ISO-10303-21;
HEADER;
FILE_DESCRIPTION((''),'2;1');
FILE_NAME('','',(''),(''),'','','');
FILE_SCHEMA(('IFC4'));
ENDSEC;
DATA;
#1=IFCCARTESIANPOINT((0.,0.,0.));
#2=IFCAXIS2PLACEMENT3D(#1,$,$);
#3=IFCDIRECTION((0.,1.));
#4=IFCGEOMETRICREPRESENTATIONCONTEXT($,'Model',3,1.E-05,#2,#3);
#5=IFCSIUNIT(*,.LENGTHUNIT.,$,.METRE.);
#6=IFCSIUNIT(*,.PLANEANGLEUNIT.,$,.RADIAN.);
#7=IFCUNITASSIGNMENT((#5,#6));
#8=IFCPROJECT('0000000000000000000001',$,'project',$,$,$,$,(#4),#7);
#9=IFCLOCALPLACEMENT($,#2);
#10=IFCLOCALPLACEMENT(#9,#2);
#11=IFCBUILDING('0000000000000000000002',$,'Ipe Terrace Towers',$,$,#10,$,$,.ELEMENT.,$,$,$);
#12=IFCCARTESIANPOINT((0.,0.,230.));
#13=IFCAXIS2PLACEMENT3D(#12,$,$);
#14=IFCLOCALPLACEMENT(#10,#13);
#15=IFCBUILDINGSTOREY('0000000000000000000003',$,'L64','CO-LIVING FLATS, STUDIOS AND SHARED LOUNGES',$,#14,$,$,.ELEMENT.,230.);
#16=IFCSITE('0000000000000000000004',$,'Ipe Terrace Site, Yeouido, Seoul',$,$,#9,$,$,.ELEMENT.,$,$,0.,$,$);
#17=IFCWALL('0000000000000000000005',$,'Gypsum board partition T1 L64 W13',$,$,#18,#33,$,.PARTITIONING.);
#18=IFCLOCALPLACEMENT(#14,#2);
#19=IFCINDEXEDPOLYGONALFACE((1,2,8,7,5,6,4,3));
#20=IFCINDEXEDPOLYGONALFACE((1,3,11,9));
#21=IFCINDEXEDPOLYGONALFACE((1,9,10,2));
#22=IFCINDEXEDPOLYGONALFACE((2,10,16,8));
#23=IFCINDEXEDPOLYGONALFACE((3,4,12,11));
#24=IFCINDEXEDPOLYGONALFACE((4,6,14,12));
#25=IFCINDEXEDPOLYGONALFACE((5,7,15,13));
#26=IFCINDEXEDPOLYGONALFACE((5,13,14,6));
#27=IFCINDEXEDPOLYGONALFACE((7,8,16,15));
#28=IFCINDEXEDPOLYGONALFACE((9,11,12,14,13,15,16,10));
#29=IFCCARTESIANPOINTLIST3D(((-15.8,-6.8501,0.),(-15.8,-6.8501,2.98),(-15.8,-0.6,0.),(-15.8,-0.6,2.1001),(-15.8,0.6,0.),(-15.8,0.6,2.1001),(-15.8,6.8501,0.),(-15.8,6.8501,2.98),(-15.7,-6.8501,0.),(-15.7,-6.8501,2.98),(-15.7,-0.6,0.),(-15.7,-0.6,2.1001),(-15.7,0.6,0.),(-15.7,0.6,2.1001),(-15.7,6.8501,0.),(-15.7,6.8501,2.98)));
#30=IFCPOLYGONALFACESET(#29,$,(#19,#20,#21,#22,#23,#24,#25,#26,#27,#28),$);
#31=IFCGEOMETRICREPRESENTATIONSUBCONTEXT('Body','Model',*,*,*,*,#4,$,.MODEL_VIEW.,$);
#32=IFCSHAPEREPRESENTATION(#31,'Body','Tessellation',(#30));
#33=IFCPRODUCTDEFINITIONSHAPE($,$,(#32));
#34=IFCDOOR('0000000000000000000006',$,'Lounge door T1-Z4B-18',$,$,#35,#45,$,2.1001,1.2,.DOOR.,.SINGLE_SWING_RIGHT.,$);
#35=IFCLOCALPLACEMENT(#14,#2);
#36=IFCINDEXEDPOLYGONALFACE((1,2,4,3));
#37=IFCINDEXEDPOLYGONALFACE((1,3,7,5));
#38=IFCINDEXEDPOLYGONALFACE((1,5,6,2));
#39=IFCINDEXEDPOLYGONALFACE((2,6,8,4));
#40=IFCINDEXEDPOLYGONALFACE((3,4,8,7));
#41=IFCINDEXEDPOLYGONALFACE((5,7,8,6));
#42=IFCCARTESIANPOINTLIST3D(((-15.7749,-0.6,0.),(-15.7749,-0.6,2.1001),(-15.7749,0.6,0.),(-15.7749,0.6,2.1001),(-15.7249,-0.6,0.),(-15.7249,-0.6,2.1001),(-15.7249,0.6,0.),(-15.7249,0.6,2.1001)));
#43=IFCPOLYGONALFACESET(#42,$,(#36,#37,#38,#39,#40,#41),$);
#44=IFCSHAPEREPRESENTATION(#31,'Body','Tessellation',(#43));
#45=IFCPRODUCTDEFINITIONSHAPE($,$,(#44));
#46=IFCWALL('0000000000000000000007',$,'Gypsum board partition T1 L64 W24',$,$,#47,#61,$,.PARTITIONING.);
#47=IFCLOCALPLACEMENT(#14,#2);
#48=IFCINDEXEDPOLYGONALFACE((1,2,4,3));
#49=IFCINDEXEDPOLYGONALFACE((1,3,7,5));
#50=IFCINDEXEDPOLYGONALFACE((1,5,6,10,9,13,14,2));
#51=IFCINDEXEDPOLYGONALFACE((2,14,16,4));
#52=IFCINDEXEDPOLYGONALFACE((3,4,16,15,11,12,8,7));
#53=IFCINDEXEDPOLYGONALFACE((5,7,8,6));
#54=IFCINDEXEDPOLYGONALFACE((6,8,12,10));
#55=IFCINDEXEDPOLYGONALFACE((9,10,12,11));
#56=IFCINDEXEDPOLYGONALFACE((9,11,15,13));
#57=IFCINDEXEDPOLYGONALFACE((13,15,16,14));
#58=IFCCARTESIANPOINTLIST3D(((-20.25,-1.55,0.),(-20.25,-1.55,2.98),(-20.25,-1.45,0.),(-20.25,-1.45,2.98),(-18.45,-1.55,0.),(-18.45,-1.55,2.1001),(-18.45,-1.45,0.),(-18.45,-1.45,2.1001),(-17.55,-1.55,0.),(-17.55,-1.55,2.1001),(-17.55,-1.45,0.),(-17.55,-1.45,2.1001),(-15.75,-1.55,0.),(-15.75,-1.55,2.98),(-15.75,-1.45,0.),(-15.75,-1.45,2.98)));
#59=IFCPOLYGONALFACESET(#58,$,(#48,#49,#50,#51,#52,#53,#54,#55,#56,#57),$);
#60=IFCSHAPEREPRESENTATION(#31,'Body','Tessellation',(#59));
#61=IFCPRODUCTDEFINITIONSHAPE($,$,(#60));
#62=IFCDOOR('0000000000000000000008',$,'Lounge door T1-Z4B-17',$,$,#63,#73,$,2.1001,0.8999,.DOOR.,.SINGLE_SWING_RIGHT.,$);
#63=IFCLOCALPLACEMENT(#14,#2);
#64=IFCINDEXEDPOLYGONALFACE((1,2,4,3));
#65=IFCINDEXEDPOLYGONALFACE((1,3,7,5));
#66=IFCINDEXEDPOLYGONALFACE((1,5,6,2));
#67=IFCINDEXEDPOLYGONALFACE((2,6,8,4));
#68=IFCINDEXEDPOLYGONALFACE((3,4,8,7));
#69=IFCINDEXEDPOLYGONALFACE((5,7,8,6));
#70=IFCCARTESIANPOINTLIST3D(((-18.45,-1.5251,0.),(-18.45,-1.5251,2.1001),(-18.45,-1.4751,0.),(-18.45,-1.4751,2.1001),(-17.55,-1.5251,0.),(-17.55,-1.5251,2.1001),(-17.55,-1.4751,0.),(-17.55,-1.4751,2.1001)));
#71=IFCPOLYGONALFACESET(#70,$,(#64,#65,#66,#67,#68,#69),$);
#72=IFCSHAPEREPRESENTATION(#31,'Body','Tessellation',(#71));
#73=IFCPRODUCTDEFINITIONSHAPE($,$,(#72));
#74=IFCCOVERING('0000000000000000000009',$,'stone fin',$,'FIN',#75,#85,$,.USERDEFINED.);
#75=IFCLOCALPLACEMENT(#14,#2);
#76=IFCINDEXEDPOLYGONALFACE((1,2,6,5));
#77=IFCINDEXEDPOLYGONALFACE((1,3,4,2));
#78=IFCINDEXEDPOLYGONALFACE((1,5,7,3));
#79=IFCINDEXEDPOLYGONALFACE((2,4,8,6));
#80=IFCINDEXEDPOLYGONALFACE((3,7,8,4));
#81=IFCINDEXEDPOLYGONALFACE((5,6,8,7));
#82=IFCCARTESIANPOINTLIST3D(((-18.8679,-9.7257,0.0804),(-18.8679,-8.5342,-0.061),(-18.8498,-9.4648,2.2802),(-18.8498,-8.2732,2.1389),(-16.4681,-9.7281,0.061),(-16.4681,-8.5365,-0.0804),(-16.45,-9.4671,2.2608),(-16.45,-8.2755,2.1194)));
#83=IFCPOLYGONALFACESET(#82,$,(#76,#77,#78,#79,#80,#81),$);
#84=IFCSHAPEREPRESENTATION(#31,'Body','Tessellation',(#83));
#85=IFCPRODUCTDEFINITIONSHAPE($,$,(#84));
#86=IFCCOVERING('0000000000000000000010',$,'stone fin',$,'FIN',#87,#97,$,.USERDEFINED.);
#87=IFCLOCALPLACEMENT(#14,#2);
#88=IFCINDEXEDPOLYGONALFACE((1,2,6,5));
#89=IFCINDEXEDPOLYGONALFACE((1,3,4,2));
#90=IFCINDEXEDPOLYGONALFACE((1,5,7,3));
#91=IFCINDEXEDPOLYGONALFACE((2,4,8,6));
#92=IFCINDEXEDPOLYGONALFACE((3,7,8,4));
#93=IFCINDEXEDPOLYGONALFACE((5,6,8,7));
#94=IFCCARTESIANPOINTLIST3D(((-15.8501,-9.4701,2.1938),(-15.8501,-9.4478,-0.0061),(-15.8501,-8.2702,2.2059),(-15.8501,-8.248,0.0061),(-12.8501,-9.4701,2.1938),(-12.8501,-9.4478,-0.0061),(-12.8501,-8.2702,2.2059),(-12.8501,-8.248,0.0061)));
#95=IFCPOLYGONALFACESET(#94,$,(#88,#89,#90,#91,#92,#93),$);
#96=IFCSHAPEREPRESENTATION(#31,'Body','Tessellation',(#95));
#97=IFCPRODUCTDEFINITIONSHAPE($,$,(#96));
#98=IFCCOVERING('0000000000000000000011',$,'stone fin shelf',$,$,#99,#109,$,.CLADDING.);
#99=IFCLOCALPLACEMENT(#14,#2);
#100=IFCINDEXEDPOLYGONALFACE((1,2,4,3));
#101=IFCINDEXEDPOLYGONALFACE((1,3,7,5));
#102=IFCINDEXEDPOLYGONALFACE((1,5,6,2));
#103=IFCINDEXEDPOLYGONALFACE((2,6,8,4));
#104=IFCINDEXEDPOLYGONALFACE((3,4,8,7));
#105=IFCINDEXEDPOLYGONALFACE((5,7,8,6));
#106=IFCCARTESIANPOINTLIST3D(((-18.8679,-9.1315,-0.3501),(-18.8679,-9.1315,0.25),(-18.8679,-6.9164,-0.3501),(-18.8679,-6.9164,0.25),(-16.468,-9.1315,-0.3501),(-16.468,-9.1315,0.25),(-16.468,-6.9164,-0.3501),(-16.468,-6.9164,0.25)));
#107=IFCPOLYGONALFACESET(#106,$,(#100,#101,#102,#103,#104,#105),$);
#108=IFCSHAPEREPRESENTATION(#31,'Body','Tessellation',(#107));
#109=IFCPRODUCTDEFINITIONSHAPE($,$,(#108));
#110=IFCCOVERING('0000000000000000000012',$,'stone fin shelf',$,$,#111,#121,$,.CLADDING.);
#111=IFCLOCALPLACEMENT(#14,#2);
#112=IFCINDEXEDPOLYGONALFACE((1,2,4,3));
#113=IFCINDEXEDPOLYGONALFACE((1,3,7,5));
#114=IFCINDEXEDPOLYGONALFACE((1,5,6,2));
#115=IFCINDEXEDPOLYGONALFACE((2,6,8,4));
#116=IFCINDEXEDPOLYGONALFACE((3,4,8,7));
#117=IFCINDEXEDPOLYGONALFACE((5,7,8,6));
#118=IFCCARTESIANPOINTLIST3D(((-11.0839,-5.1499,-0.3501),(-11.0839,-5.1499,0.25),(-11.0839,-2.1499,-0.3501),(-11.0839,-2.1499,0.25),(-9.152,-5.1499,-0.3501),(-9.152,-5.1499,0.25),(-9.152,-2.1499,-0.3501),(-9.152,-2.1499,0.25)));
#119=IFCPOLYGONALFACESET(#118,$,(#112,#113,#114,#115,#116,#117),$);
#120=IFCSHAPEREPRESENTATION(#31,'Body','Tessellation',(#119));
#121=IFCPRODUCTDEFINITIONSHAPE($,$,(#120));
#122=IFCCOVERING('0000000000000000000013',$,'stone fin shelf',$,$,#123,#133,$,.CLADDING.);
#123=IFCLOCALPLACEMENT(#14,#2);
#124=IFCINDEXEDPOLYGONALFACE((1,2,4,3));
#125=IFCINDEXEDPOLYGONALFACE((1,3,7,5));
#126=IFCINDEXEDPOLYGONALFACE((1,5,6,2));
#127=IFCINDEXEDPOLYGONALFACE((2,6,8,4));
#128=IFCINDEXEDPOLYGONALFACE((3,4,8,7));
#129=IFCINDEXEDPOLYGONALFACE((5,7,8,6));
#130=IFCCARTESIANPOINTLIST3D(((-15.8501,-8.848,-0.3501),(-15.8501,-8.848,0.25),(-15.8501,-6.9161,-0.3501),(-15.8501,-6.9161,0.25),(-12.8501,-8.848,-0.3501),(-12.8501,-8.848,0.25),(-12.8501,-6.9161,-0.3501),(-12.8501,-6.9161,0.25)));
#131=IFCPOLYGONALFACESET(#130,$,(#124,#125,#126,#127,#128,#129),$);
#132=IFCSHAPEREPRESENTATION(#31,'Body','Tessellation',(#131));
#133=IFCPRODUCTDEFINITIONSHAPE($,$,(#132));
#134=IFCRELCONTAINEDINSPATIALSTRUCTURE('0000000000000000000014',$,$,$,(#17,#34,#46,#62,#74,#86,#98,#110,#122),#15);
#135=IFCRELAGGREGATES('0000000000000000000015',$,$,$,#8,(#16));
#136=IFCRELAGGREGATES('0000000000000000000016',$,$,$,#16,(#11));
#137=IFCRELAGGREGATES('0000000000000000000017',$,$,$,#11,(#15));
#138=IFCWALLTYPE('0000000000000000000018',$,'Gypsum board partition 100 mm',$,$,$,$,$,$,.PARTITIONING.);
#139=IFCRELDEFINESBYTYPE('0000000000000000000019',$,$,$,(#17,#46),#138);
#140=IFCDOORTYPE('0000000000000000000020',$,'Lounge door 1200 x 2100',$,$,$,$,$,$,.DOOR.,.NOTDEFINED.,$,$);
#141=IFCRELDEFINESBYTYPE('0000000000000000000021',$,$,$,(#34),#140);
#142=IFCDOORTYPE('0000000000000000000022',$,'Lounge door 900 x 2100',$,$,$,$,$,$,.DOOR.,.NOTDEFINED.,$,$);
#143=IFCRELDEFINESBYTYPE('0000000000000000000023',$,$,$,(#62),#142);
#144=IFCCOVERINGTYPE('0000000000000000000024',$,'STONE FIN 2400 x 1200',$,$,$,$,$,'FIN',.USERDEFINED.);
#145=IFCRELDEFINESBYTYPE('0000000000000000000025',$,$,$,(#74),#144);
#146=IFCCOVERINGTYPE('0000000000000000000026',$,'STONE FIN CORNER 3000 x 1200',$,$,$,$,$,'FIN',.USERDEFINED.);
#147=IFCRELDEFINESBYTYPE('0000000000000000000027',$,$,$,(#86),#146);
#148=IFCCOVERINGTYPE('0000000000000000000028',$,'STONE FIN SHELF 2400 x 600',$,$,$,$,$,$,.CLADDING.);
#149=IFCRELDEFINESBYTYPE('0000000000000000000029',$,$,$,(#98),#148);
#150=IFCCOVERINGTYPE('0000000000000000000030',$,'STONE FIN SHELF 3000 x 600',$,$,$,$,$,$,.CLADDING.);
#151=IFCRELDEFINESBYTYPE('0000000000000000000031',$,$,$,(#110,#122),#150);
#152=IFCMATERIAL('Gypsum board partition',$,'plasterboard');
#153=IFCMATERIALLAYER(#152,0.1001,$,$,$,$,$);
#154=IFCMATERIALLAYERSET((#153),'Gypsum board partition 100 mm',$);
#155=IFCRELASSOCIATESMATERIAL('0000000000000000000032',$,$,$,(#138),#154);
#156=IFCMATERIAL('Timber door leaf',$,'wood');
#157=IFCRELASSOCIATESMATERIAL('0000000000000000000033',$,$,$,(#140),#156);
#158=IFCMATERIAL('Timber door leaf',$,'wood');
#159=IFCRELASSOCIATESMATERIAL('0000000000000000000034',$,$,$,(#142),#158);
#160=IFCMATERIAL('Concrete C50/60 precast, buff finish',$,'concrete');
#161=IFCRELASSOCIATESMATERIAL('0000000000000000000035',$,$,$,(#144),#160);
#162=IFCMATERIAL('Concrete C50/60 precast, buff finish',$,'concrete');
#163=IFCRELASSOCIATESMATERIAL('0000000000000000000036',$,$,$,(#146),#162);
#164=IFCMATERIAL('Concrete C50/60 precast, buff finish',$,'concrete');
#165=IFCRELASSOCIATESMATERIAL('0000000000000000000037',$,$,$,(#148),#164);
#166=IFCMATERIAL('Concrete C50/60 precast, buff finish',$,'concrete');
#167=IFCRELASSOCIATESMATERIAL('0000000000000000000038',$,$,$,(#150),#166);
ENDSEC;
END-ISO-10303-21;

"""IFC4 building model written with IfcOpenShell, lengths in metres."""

from ifc_helpers import new_model, si_unit, direction, frame, frame_2d, origin, origin_2d, place, context, subcontext, project, spatial, rectangle, extrude, material, layer, layer_set, material_profile, profile_set, type_object, element, fill, save


model = new_model("IFC4")

# Units and contexts
model_context = context("Model", 3, precision=1e-05, world=origin(), true_north=direction((0.0, 1.0)))
body_context = subcontext(model_context, "Body", "Model", "MODEL_VIEW")
ifc_project = project(units=[si_unit("LENGTHUNIT", "METRE"), si_unit("PLANEANGLEUNIT", "RADIAN")], contexts=[model_context])

# Site, building, storey
site_placement = place(None, origin())
site = spatial("IfcSite", under=ifc_project, at=site_placement, Name="Ipe Terrace Site, Yeouido, Seoul", CompositionType="ELEMENT", RefElevation=0.0)
building_placement = place(site_placement, origin())
building = spatial("IfcBuilding", under=site, at=building_placement, Name="Ipe Terrace Towers", CompositionType="ELEMENT")
storey_placement = place(building_placement, frame((0.0, 0.0, 230.0)))
storey = spatial("IfcBuildingStorey", under=building, at=storey_placement, Name="L64", Description="CO-LIVING FLATS, STUDIOS AND SHARED LOUNGES", CompositionType="ELEMENT", Elevation=230.0)

# Walls, openings, doors
ifc_material_1 = material(Name="Gypsum board partition", Category="plasterboard")
ifc_layer_1 = layer(ifc_material_1, 0.1001)
ifc_layer_set_1 = layer_set([ifc_layer_1], Name="Gypsum board partition 100 mm")
wall_type_1 = type_object("IfcWallType", Name="Gypsum board partition 100 mm", PredefinedType="PARTITIONING", material=ifc_layer_set_1)
wall_1_placement = place(storey_placement, frame((-15.75, -6.8501, 0.0), z_axis=(0.0, 0.0, 1.0), x_axis=(0.0, 1.0, 0.0)))
wall_1 = element("IfcWall", 1, at=wall_1_placement, inside=storey, type_object=wall_type_1, Name="Gypsum board partition T1 L64 W13", PredefinedType="PARTITIONING", context=body_context, shape_type="SweptSolid", body=[
    extrude(rectangle(XDim=13.7002, YDim=0.1001, at=frame_2d((6.8501, 0.0))), origin(), (0.0, 0.0, 1.0), 2.98),
])
opening_1_placement = place(wall_1_placement, frame((6.25, 0.0, 0.0)))
opening_1 = element("IfcOpeningElement", 2, at=opening_1_placement, cuts=wall_1, PredefinedType="OPENING", context=body_context, shape_type="SweptSolid", body=[
    extrude(rectangle(XDim=1.2, YDim=2.1001, at=frame_2d((0.6001, 1.05))), frame((0.0, 0.0601, 0.0), z_axis=(0.0, -1.0, 0.0), x_axis=(1.0, 0.0, 0.0)), (0.0, 0.0, 1.0), 0.1201),
])
ifc_material_2 = material(Name="Timber door leaf", Category="wood")
door_type_1 = type_object("IfcDoorType", Name="Lounge door 1200 x 2100", OperationType="NOTDEFINED", PredefinedType="DOOR", material=ifc_material_2)
door_1_placement = place(opening_1_placement, origin())
door_1 = element("IfcDoor", 3, at=door_1_placement, inside=storey, type_object=door_type_1, Name="Lounge door T1-Z4B-18", OperationType="SINGLE_SWING_RIGHT", OverallHeight=2.1001, OverallWidth=1.2, PredefinedType="DOOR", context=body_context, shape_type="SweptSolid", body=[
    extrude(rectangle(XDim=1.2, YDim=2.1001, at=frame_2d((0.6001, 1.05))), frame((0.0, 0.0249, 0.0), z_axis=(0.0, -1.0, 0.0), x_axis=(1.0, 0.0, 0.0)), (0.0, 0.0, 1.0), 0.05),
])
fill(opening_1, door_1)
wall_2_placement = place(storey_placement, frame((-20.25, -1.5, 0.0), z_axis=(0.0, 0.0, 1.0), x_axis=(1.0, 0.0, 0.0)))
wall_2 = element("IfcWall", 4, at=wall_2_placement, inside=storey, type_object=wall_type_1, Name="Gypsum board partition T1 L64 W24", PredefinedType="PARTITIONING", context=body_context, shape_type="SweptSolid", body=[
    extrude(rectangle(XDim=4.5, YDim=0.1001, at=frame_2d((2.25, 0.0))), origin(), (0.0, 0.0, 1.0), 2.98),
])
opening_2_placement = place(wall_2_placement, frame((1.8, 0.0, 0.0)))
opening_2 = element("IfcOpeningElement", 5, at=opening_2_placement, cuts=wall_2, PredefinedType="OPENING", context=body_context, shape_type="SweptSolid", body=[
    extrude(rectangle(XDim=0.8999, YDim=2.1001, at=frame_2d((0.45, 1.05))), frame((0.0, 0.0601, 0.0), z_axis=(0.0, -1.0, 0.0), x_axis=(1.0, 0.0, 0.0)), (0.0, 0.0, 1.0), 0.1201),
])
ifc_material_3 = material(Name="Timber door leaf", Category="wood")
door_type_2 = type_object("IfcDoorType", Name="Lounge door 900 x 2100", OperationType="NOTDEFINED", PredefinedType="DOOR", material=ifc_material_3)
door_2_placement = place(opening_2_placement, origin())
door_2 = element("IfcDoor", 6, at=door_2_placement, inside=storey, type_object=door_type_2, Name="Lounge door T1-Z4B-17", OperationType="SINGLE_SWING_RIGHT", OverallHeight=2.1001, OverallWidth=0.8999, PredefinedType="DOOR", context=body_context, shape_type="SweptSolid", body=[
    extrude(rectangle(XDim=0.8999, YDim=2.1001, at=frame_2d((0.45, 1.05))), frame((0.0, 0.0249, 0.0), z_axis=(0.0, -1.0, 0.0), x_axis=(1.0, 0.0, 0.0)), (0.0, 0.0, 1.0), 0.05),
])
fill(opening_2, door_2)

# Coverings
ifc_material_4 = material(Name="Concrete C50/60 precast, buff finish", Category="concrete")
ifc_material_profile_1 = material_profile(ifc_material_4, rectangle(XDim=2.3999, YDim=1.2, at=origin_2d()), Name="STONE FIN 2400 x 1200")
ifc_profile_set_1 = profile_set([ifc_material_profile_1], Name="Concrete C50/60 precast, buff finish")
covering_type_1 = type_object("IfcCoveringType", Name="STONE FIN 2400 x 1200", ElementType="FIN", PredefinedType="USERDEFINED", material=ifc_profile_set_1)
covering_1_placement = place(storey_placement, frame((-17.668, -9.1311, 0.0), z_axis=(0.008155, 0.117803, 0.993004), x_axis=(0.999967, -0.000961, -0.008098)))
element("IfcCovering", 7, at=covering_1_placement, inside=storey, type_object=covering_type_1, Name="stone fin", ObjectType="FIN", PredefinedType="USERDEFINED", context=body_context, shape_type="SweptSolid", body=[
    extrude(rectangle(XDim=2.3999, YDim=1.2, at=origin_2d()), origin(), (0.0, 0.0, 1.0), 2.2153),
])
ifc_material_5 = material(Name="Concrete C50/60 precast, buff finish", Category="concrete")
ifc_material_profile_2 = material_profile(ifc_material_5, rectangle(XDim=3.0, YDim=1.2, at=origin_2d()), Name="STONE FIN CORNER 3000 x 1200")
ifc_profile_set_2 = profile_set([ifc_material_profile_2], Name="Concrete C50/60 precast, buff finish")
covering_type_2 = type_object("IfcCoveringType", Name="STONE FIN CORNER 3000 x 1200", ElementType="FIN", PredefinedType="USERDEFINED", material=ifc_profile_set_2)
covering_2_placement = place(storey_placement, frame((-14.3501, -8.8479, 0.0), z_axis=(0.0, -0.010098, 0.999949), x_axis=(1.0, 0.0, 0.0)))
element("IfcCovering", 8, at=covering_2_placement, inside=storey, type_object=covering_type_2, Name="stone fin", ObjectType="FIN", PredefinedType="USERDEFINED", context=body_context, shape_type="SweptSolid", body=[
    extrude(rectangle(XDim=3.0, YDim=1.2, at=origin_2d()), origin(), (0.0, 0.0, 1.0), 2.2),
])
ifc_material_6 = material(Name="Concrete C50/60 precast, buff finish", Category="concrete")
covering_type_3 = type_object("IfcCoveringType", Name="STONE FIN SHELF 2400 x 600", PredefinedType="CLADDING", material=ifc_material_6)
covering_3_placement = place(storey_placement, frame((-17.668, -8.0239, -0.3501), z_axis=(0.0, 0.0, 1.0), x_axis=(1.0, 0.0, 0.0)))
element("IfcCovering", 9, at=covering_3_placement, inside=storey, type_object=covering_type_3, Name="stone fin shelf", PredefinedType="CLADDING", context=body_context, shape_type="SweptSolid", body=[
    extrude(rectangle(XDim=2.3999, YDim=2.2151, at=origin_2d()), origin(), (0.0, 0.0, 1.0), 0.6001),
])
ifc_material_7 = material(Name="Concrete C50/60 precast, buff finish", Category="concrete")
covering_type_4 = type_object("IfcCoveringType", Name="STONE FIN SHELF 3000 x 600", PredefinedType="CLADDING", material=ifc_material_7)
for number, where, z_axis, x_axis, name in (
    (10, (-10.1179, -3.6499, -0.3501), (0.0, 0.0, 1.0), (0.0, 1.0, 0.0), "stone fin shelf"),
    (11, (-14.3501, -7.8821, -0.3501), (0.0, 0.0, 1.0), (1.0, 0.0, 0.0), "stone fin shelf"),
):
    element("IfcCovering", number, at=place(storey_placement, frame(where, z_axis=z_axis, x_axis=x_axis)), inside=storey, type_object=covering_type_4, Name=name, PredefinedType="CLADDING", context=body_context, shape_type="SweptSolid", body=[
        extrude(rectangle(XDim=3.0, YDim=1.9319, at=origin_2d()), origin(), (0.0, 0.0, 1.0), 0.6001),
    ])

save(model, "model.ifc")
